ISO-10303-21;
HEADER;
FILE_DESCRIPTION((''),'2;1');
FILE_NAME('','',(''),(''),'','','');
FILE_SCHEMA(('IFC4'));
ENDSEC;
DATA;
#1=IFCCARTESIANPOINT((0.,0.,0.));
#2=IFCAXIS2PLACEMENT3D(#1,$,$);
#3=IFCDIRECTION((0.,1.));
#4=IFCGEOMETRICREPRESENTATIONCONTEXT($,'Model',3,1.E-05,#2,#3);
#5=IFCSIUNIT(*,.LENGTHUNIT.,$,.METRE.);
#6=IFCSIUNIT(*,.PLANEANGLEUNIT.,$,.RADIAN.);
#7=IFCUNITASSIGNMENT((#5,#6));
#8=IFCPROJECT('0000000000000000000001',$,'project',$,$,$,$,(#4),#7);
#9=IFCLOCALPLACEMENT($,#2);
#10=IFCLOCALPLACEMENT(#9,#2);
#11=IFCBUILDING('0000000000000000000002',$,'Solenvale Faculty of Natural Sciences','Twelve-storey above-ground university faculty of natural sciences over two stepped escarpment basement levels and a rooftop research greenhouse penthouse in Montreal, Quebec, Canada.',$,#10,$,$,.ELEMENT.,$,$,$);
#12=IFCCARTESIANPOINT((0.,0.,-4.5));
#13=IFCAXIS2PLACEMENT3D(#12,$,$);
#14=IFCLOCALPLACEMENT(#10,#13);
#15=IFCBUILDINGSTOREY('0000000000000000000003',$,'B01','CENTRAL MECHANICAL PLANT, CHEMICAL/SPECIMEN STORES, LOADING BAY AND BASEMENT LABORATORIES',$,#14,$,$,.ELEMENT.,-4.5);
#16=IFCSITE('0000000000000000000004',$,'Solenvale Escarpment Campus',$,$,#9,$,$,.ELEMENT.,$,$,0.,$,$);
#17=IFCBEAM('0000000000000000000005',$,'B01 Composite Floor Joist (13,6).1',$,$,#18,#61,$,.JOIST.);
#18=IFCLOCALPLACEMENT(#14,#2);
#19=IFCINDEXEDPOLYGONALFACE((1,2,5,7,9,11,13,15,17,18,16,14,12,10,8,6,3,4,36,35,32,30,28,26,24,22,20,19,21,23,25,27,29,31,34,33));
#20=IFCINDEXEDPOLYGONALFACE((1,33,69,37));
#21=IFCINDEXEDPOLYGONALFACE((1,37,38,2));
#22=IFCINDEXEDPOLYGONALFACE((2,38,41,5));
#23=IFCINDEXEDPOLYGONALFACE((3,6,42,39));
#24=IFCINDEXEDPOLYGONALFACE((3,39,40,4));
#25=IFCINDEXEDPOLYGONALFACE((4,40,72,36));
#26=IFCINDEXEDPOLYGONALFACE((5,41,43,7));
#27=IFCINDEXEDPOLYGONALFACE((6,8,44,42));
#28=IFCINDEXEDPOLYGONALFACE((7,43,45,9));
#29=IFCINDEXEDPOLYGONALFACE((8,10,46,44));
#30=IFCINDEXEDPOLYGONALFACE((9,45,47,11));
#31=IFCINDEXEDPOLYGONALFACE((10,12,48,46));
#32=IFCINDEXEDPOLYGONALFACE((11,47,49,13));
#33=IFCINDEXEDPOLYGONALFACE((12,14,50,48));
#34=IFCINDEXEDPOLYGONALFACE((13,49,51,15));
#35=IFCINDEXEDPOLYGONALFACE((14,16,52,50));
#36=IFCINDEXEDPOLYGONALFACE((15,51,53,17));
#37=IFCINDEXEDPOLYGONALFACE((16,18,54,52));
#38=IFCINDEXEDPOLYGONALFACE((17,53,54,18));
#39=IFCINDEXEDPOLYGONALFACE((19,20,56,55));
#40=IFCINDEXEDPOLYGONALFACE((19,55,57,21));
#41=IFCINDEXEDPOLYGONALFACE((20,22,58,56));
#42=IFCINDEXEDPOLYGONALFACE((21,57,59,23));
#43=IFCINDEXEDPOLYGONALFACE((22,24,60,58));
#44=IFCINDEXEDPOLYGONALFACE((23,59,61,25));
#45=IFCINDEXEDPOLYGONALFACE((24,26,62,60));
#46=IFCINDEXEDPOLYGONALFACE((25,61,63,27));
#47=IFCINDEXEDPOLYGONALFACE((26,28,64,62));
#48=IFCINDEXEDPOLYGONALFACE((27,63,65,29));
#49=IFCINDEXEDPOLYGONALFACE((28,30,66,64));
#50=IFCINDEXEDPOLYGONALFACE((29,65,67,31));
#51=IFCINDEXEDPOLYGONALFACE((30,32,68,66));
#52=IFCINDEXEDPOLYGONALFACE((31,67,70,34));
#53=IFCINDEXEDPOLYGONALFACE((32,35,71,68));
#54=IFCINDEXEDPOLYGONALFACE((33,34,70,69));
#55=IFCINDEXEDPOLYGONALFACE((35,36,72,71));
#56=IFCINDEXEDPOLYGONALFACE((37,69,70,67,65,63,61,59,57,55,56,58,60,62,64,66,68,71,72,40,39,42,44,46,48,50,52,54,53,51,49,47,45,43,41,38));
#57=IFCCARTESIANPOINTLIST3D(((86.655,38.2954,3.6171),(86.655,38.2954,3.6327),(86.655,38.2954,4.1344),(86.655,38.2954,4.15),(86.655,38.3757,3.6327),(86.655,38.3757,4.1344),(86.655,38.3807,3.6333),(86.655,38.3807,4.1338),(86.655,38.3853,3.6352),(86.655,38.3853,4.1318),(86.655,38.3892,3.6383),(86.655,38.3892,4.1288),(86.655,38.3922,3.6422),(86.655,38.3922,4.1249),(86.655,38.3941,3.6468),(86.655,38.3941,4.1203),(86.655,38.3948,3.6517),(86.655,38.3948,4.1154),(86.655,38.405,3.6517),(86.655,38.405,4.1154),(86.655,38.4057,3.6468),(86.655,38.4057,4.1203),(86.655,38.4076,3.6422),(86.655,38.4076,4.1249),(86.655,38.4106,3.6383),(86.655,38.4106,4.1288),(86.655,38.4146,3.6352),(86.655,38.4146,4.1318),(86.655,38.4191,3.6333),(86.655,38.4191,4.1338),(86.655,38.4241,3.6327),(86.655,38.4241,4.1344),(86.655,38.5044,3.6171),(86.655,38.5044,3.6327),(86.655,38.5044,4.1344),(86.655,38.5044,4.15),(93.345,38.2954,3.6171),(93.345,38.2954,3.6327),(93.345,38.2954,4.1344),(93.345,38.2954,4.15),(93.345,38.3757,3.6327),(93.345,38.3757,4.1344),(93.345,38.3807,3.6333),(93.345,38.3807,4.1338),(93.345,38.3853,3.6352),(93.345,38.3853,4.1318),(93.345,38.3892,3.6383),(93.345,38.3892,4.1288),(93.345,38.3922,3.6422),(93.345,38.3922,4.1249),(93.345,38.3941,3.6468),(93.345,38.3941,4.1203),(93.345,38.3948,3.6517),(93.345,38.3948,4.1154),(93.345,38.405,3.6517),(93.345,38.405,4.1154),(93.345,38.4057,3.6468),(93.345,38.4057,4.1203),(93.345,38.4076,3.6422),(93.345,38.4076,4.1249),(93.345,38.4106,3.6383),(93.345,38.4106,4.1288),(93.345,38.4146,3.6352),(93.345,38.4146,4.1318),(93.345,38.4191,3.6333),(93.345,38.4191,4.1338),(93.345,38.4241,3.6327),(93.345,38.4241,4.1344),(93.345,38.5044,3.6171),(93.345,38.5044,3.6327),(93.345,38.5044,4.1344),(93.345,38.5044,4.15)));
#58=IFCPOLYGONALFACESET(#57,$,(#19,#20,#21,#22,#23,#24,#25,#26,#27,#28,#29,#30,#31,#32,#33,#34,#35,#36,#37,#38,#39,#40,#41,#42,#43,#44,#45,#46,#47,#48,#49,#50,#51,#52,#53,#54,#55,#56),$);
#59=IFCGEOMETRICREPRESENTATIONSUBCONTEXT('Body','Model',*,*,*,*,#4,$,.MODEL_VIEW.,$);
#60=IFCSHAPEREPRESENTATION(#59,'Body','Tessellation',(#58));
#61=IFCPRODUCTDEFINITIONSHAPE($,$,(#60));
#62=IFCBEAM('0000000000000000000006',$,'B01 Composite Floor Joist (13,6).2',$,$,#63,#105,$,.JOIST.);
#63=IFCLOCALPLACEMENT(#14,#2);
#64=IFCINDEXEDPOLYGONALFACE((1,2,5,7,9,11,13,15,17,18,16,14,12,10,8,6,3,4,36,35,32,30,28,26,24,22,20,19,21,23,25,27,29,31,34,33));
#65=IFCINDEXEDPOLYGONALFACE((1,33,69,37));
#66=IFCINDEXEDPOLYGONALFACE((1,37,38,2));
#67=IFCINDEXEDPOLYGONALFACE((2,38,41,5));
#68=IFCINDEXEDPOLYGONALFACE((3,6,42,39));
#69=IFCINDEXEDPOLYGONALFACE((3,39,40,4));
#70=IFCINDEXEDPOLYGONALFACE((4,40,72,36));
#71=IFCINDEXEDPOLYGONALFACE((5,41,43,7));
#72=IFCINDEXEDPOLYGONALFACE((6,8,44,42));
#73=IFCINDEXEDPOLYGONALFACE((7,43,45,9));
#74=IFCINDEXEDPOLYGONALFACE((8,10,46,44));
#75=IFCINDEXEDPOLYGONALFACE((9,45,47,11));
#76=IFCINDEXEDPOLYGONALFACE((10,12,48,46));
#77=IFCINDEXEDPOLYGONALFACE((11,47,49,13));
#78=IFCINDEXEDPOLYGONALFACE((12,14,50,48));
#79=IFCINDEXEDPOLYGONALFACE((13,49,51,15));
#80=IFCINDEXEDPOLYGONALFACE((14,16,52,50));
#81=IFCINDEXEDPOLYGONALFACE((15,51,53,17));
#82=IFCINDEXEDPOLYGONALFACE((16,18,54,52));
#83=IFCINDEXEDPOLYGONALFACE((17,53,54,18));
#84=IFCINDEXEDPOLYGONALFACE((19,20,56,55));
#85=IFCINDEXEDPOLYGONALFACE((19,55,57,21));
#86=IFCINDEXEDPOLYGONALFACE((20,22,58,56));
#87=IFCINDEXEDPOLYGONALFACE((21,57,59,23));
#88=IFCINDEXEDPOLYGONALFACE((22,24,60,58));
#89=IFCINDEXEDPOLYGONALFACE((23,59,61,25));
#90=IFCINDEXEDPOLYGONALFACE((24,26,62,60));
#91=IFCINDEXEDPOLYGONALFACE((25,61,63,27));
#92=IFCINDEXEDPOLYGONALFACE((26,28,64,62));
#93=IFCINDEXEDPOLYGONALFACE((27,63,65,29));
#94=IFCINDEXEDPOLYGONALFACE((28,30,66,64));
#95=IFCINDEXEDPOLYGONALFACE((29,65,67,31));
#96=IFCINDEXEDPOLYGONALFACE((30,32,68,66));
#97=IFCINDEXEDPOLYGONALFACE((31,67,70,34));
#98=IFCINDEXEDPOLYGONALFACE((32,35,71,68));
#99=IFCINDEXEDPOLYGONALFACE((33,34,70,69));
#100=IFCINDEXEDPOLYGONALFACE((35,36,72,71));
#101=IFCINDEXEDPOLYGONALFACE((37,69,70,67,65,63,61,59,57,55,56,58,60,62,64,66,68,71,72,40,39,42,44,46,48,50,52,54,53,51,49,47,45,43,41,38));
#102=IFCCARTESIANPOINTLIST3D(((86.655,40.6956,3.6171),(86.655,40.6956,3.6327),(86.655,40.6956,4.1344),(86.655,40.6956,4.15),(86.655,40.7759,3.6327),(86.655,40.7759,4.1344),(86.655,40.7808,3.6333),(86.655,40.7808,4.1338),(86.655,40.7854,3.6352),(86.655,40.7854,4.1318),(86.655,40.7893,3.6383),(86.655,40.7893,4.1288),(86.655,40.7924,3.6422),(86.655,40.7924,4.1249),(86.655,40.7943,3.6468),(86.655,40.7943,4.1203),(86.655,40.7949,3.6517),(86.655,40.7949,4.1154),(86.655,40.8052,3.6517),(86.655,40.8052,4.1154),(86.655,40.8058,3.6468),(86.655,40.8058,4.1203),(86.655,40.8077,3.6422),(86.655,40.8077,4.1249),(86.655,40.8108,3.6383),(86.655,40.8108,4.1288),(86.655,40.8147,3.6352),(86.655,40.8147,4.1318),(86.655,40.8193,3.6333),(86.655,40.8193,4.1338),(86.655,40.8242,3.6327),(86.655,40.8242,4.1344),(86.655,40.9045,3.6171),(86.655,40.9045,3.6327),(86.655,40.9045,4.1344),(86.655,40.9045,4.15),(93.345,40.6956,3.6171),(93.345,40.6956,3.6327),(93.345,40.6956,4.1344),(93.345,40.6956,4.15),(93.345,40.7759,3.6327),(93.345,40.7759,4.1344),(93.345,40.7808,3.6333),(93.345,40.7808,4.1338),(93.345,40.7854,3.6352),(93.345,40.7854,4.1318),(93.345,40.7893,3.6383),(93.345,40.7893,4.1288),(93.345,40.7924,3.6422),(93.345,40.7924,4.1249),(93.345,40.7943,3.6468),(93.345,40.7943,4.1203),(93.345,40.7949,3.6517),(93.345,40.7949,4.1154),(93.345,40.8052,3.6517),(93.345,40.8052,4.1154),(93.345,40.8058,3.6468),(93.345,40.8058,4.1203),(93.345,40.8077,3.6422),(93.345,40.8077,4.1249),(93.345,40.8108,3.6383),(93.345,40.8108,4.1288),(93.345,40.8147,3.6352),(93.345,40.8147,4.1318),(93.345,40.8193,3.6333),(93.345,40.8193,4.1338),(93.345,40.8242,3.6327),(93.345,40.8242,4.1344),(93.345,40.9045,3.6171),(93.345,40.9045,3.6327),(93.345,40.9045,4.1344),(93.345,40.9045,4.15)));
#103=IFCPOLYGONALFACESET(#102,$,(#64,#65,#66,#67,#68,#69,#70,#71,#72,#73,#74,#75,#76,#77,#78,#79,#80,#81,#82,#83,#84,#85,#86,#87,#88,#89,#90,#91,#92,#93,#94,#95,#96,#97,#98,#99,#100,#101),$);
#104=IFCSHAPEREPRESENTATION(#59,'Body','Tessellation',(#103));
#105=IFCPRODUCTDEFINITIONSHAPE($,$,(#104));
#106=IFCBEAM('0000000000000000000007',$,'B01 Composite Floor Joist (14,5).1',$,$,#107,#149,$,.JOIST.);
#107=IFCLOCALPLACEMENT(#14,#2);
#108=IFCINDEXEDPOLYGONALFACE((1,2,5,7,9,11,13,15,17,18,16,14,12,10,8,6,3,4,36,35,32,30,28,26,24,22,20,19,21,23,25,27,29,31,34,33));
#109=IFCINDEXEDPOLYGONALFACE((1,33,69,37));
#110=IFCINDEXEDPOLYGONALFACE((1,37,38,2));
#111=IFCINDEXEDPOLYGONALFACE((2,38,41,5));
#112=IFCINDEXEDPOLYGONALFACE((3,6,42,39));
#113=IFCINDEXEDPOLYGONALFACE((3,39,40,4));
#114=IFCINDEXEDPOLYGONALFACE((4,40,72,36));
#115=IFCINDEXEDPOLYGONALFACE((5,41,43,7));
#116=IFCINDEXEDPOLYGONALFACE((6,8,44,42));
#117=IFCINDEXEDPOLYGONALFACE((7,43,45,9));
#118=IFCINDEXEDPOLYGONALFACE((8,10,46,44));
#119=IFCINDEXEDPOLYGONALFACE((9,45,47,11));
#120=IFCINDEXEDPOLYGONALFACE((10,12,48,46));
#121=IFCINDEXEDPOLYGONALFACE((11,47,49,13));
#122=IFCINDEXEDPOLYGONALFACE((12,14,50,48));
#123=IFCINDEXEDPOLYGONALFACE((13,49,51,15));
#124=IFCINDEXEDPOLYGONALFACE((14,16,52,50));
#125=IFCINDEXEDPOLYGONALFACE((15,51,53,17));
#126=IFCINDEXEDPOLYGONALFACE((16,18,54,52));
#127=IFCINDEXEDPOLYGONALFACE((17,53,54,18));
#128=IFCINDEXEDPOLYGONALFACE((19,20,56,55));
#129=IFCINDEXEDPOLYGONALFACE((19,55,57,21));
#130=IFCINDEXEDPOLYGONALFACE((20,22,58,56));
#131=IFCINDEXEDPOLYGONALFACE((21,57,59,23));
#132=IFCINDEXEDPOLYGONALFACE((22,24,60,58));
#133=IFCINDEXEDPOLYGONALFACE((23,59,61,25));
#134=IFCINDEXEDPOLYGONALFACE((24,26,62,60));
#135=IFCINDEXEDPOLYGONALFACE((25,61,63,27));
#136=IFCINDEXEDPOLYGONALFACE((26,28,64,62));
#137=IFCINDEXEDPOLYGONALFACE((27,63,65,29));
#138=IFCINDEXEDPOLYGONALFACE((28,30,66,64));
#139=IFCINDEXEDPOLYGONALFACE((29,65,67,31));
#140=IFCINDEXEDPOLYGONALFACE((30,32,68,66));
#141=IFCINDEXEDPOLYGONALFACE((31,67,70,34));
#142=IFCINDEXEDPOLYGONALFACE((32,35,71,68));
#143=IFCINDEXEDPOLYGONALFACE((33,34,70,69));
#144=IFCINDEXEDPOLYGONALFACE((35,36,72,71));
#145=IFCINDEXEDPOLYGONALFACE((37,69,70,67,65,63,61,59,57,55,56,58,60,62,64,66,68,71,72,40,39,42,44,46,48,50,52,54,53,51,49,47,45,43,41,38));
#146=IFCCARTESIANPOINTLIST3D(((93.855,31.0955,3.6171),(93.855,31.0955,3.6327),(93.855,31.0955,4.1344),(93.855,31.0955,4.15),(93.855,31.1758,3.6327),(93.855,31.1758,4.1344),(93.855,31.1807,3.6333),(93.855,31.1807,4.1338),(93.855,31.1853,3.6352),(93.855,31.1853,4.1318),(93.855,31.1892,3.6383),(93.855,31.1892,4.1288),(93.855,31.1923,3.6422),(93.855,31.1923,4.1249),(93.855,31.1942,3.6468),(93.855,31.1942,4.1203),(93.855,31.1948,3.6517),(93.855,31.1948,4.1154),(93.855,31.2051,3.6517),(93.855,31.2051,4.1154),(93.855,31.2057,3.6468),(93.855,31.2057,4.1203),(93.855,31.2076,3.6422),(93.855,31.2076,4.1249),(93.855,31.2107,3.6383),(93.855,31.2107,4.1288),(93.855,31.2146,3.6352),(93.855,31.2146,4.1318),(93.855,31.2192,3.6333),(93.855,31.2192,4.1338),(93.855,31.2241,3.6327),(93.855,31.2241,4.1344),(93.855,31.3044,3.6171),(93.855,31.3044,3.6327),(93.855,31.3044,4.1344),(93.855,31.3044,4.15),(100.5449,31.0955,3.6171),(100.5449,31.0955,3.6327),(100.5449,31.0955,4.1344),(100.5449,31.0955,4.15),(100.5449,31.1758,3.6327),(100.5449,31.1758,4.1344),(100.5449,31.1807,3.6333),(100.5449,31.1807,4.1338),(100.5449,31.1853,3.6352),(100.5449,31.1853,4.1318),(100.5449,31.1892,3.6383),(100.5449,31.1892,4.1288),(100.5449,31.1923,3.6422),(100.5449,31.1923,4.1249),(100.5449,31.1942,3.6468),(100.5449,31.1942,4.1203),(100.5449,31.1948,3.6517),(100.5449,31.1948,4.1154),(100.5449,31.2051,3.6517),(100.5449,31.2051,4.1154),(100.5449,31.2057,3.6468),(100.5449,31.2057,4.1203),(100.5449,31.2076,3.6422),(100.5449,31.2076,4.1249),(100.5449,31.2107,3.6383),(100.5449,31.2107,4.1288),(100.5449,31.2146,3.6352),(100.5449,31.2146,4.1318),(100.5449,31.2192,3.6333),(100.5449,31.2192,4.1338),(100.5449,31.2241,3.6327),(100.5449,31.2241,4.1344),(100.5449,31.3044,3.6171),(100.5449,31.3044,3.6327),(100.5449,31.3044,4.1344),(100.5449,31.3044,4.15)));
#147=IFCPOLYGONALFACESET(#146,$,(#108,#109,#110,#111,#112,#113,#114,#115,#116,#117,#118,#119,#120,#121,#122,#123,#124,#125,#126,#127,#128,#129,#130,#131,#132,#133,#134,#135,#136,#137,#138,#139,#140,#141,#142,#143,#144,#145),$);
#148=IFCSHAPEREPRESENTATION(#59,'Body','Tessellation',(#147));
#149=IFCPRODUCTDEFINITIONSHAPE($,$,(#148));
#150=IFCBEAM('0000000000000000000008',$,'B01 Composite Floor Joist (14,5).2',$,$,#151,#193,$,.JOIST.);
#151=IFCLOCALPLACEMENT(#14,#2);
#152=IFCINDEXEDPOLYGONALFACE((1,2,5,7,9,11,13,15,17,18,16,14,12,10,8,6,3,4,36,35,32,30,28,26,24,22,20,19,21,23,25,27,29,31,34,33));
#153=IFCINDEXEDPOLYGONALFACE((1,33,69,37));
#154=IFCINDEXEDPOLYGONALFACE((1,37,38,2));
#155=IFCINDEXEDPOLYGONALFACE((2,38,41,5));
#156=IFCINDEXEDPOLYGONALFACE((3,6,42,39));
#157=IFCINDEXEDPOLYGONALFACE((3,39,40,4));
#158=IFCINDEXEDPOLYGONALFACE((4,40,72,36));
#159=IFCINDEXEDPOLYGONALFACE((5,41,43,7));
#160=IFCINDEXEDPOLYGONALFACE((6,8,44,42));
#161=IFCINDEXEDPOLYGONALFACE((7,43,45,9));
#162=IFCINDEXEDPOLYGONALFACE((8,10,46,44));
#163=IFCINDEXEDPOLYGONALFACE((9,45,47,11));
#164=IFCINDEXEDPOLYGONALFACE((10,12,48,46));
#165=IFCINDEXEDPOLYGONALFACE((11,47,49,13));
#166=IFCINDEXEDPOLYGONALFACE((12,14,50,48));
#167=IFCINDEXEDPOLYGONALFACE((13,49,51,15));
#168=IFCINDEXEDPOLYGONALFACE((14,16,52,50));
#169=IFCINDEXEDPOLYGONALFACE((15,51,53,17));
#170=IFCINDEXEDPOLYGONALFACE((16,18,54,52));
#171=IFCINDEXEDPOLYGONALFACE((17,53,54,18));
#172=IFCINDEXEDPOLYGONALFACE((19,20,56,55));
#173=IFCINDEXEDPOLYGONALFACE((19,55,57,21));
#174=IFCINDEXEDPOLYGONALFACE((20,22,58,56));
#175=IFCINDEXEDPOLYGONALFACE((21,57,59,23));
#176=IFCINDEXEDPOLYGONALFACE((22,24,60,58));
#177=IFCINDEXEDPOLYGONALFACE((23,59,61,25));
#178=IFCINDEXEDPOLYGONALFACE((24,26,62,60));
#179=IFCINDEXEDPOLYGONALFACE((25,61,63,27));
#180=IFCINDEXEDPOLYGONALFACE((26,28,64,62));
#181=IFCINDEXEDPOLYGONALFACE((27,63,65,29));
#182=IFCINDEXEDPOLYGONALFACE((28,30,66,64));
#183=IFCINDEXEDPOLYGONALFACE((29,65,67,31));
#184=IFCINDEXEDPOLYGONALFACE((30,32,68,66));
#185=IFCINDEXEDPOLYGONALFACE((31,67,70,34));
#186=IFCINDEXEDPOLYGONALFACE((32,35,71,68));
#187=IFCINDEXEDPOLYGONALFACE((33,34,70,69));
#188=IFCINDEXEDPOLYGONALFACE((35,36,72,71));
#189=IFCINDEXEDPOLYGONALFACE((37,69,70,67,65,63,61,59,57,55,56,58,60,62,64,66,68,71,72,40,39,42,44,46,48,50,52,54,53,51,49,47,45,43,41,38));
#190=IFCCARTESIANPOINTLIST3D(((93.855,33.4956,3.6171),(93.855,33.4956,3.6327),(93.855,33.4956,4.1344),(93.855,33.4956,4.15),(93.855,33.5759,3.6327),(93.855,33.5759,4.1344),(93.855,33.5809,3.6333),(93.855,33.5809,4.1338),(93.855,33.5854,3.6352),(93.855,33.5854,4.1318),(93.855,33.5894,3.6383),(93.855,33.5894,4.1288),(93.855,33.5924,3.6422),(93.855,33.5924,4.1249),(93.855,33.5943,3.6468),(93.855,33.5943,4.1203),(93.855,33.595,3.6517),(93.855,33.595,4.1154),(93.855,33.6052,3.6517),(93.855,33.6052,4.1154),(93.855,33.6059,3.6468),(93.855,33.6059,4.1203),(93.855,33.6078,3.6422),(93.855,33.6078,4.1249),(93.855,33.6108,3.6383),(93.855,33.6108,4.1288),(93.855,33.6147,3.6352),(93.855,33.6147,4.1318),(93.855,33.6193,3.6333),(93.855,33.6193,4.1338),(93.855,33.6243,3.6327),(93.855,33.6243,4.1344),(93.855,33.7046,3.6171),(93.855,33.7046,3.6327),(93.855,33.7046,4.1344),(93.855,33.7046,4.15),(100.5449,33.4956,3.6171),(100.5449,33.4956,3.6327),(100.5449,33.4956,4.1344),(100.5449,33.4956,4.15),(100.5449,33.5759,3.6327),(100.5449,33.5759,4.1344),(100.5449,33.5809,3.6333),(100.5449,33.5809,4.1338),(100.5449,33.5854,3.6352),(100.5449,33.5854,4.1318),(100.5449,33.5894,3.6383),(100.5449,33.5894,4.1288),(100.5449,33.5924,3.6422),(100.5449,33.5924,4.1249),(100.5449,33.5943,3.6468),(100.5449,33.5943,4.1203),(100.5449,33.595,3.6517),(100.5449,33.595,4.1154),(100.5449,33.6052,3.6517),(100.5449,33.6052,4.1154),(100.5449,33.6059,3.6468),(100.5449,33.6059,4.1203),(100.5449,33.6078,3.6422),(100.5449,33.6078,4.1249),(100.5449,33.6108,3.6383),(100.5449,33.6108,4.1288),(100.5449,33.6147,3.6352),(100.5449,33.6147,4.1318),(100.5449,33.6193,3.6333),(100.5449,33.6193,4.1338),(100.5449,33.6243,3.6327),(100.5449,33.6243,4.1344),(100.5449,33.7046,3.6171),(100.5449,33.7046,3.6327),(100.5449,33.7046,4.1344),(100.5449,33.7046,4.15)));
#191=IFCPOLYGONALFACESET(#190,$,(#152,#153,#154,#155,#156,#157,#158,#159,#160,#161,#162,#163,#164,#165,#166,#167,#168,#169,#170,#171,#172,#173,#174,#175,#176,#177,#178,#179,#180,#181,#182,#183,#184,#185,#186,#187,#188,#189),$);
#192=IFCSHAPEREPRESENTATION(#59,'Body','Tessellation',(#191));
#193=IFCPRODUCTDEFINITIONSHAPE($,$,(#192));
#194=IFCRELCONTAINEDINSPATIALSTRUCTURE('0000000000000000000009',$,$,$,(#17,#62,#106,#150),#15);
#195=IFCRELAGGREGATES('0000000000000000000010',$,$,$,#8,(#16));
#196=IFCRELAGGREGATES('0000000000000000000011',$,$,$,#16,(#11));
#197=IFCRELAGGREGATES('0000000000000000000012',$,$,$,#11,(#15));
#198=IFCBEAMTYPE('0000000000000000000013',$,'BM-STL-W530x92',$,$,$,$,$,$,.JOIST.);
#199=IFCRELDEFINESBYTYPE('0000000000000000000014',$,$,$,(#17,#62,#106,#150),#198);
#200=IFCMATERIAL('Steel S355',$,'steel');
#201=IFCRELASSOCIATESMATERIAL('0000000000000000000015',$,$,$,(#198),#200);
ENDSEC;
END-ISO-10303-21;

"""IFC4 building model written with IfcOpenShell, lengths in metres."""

from ifc_helpers import new_model, si_unit, direction, frame, origin, origin_2d, place, context, subcontext, project, spatial, i_section, extrude, material, material_profile, profile_set, type_object, element, save


model = new_model("IFC4")

# Units and contexts
model_context = context("Model", 3, precision=1e-05, world=origin(), true_north=direction((0.0, 1.0)))
body_context = subcontext(model_context, "Body", "Model", "MODEL_VIEW")
ifc_project = project(units=[si_unit("LENGTHUNIT", "METRE"), si_unit("PLANEANGLEUNIT", "RADIAN")], contexts=[model_context])

# Site, building, storey
site_placement = place(None, origin())
site = spatial("IfcSite", under=ifc_project, at=site_placement, Name="Solenvale Escarpment Campus", CompositionType="ELEMENT", RefElevation=0.0)
building_placement = place(site_placement, origin())
building = spatial("IfcBuilding", under=site, at=building_placement, Name="Solenvale Faculty of Natural Sciences", Description="Twelve-storey above-ground university faculty of natural sciences over two stepped escarpment basement levels and a rooftop research greenhouse penthouse in Montreal, Quebec, Canada.", CompositionType="ELEMENT")
storey_placement = place(building_placement, frame((0.0, 0.0, -4.5)))
storey = spatial("IfcBuildingStorey", under=building, at=storey_placement, Name="B01", Description="CENTRAL MECHANICAL PLANT, CHEMICAL/SPECIMEN STORES, LOADING BAY AND BASEMENT LABORATORIES", CompositionType="ELEMENT", Elevation=-4.5)

# Beams
ifc_material_1 = material(Name="Steel S355", Category="steel")
ifc_material_profile_1 = material_profile(ifc_material_1, i_section(OverallWidth=0.209, OverallDepth=0.533, WebThickness=0.0103, FlangeThickness=0.0156, FilletRadius=0.019, at=origin_2d()), Name="W530x92")
ifc_profile_set_1 = profile_set([ifc_material_profile_1], Name="Steel S355")
beam_type_1 = type_object("IfcBeamType", Name="BM-STL-W530x92", PredefinedType="JOIST", material=ifc_profile_set_1)
for number, where, z_axis, x_axis, name in (
    (1, (86.655, 38.3999, 3.8835), (1.0, 0.0, 0.0), (0.0, 1.0, 0.0), "B01 Composite Floor Joist (13,6).1"),
    (2, (86.655, 40.8, 3.8835), (1.0, 0.0, 0.0), (0.0, 1.0, 0.0), "B01 Composite Floor Joist (13,6).2"),
    (3, (93.855, 31.2, 3.8835), (1.0, 0.0, 0.0), (0.0, 1.0, 0.0), "B01 Composite Floor Joist (14,5).1"),
    (4, (93.855, 33.6001, 3.8835), (1.0, 0.0, 0.0), (0.0, 1.0, 0.0), "B01 Composite Floor Joist (14,5).2"),
):
    element("IfcBeam", number, at=place(storey_placement, frame(where, z_axis=z_axis, x_axis=x_axis)), inside=storey, type_object=beam_type_1, Name=name, PredefinedType="JOIST", context=body_context, shape_type="SweptSolid", body=[
        extrude(i_section(OverallWidth=0.209, OverallDepth=0.533, WebThickness=0.0103, FlangeThickness=0.0156, FilletRadius=0.019, at=origin_2d()), origin(), (0.0, 0.0, 1.0), 6.6899),
    ])

save(model, "model.ifc")
